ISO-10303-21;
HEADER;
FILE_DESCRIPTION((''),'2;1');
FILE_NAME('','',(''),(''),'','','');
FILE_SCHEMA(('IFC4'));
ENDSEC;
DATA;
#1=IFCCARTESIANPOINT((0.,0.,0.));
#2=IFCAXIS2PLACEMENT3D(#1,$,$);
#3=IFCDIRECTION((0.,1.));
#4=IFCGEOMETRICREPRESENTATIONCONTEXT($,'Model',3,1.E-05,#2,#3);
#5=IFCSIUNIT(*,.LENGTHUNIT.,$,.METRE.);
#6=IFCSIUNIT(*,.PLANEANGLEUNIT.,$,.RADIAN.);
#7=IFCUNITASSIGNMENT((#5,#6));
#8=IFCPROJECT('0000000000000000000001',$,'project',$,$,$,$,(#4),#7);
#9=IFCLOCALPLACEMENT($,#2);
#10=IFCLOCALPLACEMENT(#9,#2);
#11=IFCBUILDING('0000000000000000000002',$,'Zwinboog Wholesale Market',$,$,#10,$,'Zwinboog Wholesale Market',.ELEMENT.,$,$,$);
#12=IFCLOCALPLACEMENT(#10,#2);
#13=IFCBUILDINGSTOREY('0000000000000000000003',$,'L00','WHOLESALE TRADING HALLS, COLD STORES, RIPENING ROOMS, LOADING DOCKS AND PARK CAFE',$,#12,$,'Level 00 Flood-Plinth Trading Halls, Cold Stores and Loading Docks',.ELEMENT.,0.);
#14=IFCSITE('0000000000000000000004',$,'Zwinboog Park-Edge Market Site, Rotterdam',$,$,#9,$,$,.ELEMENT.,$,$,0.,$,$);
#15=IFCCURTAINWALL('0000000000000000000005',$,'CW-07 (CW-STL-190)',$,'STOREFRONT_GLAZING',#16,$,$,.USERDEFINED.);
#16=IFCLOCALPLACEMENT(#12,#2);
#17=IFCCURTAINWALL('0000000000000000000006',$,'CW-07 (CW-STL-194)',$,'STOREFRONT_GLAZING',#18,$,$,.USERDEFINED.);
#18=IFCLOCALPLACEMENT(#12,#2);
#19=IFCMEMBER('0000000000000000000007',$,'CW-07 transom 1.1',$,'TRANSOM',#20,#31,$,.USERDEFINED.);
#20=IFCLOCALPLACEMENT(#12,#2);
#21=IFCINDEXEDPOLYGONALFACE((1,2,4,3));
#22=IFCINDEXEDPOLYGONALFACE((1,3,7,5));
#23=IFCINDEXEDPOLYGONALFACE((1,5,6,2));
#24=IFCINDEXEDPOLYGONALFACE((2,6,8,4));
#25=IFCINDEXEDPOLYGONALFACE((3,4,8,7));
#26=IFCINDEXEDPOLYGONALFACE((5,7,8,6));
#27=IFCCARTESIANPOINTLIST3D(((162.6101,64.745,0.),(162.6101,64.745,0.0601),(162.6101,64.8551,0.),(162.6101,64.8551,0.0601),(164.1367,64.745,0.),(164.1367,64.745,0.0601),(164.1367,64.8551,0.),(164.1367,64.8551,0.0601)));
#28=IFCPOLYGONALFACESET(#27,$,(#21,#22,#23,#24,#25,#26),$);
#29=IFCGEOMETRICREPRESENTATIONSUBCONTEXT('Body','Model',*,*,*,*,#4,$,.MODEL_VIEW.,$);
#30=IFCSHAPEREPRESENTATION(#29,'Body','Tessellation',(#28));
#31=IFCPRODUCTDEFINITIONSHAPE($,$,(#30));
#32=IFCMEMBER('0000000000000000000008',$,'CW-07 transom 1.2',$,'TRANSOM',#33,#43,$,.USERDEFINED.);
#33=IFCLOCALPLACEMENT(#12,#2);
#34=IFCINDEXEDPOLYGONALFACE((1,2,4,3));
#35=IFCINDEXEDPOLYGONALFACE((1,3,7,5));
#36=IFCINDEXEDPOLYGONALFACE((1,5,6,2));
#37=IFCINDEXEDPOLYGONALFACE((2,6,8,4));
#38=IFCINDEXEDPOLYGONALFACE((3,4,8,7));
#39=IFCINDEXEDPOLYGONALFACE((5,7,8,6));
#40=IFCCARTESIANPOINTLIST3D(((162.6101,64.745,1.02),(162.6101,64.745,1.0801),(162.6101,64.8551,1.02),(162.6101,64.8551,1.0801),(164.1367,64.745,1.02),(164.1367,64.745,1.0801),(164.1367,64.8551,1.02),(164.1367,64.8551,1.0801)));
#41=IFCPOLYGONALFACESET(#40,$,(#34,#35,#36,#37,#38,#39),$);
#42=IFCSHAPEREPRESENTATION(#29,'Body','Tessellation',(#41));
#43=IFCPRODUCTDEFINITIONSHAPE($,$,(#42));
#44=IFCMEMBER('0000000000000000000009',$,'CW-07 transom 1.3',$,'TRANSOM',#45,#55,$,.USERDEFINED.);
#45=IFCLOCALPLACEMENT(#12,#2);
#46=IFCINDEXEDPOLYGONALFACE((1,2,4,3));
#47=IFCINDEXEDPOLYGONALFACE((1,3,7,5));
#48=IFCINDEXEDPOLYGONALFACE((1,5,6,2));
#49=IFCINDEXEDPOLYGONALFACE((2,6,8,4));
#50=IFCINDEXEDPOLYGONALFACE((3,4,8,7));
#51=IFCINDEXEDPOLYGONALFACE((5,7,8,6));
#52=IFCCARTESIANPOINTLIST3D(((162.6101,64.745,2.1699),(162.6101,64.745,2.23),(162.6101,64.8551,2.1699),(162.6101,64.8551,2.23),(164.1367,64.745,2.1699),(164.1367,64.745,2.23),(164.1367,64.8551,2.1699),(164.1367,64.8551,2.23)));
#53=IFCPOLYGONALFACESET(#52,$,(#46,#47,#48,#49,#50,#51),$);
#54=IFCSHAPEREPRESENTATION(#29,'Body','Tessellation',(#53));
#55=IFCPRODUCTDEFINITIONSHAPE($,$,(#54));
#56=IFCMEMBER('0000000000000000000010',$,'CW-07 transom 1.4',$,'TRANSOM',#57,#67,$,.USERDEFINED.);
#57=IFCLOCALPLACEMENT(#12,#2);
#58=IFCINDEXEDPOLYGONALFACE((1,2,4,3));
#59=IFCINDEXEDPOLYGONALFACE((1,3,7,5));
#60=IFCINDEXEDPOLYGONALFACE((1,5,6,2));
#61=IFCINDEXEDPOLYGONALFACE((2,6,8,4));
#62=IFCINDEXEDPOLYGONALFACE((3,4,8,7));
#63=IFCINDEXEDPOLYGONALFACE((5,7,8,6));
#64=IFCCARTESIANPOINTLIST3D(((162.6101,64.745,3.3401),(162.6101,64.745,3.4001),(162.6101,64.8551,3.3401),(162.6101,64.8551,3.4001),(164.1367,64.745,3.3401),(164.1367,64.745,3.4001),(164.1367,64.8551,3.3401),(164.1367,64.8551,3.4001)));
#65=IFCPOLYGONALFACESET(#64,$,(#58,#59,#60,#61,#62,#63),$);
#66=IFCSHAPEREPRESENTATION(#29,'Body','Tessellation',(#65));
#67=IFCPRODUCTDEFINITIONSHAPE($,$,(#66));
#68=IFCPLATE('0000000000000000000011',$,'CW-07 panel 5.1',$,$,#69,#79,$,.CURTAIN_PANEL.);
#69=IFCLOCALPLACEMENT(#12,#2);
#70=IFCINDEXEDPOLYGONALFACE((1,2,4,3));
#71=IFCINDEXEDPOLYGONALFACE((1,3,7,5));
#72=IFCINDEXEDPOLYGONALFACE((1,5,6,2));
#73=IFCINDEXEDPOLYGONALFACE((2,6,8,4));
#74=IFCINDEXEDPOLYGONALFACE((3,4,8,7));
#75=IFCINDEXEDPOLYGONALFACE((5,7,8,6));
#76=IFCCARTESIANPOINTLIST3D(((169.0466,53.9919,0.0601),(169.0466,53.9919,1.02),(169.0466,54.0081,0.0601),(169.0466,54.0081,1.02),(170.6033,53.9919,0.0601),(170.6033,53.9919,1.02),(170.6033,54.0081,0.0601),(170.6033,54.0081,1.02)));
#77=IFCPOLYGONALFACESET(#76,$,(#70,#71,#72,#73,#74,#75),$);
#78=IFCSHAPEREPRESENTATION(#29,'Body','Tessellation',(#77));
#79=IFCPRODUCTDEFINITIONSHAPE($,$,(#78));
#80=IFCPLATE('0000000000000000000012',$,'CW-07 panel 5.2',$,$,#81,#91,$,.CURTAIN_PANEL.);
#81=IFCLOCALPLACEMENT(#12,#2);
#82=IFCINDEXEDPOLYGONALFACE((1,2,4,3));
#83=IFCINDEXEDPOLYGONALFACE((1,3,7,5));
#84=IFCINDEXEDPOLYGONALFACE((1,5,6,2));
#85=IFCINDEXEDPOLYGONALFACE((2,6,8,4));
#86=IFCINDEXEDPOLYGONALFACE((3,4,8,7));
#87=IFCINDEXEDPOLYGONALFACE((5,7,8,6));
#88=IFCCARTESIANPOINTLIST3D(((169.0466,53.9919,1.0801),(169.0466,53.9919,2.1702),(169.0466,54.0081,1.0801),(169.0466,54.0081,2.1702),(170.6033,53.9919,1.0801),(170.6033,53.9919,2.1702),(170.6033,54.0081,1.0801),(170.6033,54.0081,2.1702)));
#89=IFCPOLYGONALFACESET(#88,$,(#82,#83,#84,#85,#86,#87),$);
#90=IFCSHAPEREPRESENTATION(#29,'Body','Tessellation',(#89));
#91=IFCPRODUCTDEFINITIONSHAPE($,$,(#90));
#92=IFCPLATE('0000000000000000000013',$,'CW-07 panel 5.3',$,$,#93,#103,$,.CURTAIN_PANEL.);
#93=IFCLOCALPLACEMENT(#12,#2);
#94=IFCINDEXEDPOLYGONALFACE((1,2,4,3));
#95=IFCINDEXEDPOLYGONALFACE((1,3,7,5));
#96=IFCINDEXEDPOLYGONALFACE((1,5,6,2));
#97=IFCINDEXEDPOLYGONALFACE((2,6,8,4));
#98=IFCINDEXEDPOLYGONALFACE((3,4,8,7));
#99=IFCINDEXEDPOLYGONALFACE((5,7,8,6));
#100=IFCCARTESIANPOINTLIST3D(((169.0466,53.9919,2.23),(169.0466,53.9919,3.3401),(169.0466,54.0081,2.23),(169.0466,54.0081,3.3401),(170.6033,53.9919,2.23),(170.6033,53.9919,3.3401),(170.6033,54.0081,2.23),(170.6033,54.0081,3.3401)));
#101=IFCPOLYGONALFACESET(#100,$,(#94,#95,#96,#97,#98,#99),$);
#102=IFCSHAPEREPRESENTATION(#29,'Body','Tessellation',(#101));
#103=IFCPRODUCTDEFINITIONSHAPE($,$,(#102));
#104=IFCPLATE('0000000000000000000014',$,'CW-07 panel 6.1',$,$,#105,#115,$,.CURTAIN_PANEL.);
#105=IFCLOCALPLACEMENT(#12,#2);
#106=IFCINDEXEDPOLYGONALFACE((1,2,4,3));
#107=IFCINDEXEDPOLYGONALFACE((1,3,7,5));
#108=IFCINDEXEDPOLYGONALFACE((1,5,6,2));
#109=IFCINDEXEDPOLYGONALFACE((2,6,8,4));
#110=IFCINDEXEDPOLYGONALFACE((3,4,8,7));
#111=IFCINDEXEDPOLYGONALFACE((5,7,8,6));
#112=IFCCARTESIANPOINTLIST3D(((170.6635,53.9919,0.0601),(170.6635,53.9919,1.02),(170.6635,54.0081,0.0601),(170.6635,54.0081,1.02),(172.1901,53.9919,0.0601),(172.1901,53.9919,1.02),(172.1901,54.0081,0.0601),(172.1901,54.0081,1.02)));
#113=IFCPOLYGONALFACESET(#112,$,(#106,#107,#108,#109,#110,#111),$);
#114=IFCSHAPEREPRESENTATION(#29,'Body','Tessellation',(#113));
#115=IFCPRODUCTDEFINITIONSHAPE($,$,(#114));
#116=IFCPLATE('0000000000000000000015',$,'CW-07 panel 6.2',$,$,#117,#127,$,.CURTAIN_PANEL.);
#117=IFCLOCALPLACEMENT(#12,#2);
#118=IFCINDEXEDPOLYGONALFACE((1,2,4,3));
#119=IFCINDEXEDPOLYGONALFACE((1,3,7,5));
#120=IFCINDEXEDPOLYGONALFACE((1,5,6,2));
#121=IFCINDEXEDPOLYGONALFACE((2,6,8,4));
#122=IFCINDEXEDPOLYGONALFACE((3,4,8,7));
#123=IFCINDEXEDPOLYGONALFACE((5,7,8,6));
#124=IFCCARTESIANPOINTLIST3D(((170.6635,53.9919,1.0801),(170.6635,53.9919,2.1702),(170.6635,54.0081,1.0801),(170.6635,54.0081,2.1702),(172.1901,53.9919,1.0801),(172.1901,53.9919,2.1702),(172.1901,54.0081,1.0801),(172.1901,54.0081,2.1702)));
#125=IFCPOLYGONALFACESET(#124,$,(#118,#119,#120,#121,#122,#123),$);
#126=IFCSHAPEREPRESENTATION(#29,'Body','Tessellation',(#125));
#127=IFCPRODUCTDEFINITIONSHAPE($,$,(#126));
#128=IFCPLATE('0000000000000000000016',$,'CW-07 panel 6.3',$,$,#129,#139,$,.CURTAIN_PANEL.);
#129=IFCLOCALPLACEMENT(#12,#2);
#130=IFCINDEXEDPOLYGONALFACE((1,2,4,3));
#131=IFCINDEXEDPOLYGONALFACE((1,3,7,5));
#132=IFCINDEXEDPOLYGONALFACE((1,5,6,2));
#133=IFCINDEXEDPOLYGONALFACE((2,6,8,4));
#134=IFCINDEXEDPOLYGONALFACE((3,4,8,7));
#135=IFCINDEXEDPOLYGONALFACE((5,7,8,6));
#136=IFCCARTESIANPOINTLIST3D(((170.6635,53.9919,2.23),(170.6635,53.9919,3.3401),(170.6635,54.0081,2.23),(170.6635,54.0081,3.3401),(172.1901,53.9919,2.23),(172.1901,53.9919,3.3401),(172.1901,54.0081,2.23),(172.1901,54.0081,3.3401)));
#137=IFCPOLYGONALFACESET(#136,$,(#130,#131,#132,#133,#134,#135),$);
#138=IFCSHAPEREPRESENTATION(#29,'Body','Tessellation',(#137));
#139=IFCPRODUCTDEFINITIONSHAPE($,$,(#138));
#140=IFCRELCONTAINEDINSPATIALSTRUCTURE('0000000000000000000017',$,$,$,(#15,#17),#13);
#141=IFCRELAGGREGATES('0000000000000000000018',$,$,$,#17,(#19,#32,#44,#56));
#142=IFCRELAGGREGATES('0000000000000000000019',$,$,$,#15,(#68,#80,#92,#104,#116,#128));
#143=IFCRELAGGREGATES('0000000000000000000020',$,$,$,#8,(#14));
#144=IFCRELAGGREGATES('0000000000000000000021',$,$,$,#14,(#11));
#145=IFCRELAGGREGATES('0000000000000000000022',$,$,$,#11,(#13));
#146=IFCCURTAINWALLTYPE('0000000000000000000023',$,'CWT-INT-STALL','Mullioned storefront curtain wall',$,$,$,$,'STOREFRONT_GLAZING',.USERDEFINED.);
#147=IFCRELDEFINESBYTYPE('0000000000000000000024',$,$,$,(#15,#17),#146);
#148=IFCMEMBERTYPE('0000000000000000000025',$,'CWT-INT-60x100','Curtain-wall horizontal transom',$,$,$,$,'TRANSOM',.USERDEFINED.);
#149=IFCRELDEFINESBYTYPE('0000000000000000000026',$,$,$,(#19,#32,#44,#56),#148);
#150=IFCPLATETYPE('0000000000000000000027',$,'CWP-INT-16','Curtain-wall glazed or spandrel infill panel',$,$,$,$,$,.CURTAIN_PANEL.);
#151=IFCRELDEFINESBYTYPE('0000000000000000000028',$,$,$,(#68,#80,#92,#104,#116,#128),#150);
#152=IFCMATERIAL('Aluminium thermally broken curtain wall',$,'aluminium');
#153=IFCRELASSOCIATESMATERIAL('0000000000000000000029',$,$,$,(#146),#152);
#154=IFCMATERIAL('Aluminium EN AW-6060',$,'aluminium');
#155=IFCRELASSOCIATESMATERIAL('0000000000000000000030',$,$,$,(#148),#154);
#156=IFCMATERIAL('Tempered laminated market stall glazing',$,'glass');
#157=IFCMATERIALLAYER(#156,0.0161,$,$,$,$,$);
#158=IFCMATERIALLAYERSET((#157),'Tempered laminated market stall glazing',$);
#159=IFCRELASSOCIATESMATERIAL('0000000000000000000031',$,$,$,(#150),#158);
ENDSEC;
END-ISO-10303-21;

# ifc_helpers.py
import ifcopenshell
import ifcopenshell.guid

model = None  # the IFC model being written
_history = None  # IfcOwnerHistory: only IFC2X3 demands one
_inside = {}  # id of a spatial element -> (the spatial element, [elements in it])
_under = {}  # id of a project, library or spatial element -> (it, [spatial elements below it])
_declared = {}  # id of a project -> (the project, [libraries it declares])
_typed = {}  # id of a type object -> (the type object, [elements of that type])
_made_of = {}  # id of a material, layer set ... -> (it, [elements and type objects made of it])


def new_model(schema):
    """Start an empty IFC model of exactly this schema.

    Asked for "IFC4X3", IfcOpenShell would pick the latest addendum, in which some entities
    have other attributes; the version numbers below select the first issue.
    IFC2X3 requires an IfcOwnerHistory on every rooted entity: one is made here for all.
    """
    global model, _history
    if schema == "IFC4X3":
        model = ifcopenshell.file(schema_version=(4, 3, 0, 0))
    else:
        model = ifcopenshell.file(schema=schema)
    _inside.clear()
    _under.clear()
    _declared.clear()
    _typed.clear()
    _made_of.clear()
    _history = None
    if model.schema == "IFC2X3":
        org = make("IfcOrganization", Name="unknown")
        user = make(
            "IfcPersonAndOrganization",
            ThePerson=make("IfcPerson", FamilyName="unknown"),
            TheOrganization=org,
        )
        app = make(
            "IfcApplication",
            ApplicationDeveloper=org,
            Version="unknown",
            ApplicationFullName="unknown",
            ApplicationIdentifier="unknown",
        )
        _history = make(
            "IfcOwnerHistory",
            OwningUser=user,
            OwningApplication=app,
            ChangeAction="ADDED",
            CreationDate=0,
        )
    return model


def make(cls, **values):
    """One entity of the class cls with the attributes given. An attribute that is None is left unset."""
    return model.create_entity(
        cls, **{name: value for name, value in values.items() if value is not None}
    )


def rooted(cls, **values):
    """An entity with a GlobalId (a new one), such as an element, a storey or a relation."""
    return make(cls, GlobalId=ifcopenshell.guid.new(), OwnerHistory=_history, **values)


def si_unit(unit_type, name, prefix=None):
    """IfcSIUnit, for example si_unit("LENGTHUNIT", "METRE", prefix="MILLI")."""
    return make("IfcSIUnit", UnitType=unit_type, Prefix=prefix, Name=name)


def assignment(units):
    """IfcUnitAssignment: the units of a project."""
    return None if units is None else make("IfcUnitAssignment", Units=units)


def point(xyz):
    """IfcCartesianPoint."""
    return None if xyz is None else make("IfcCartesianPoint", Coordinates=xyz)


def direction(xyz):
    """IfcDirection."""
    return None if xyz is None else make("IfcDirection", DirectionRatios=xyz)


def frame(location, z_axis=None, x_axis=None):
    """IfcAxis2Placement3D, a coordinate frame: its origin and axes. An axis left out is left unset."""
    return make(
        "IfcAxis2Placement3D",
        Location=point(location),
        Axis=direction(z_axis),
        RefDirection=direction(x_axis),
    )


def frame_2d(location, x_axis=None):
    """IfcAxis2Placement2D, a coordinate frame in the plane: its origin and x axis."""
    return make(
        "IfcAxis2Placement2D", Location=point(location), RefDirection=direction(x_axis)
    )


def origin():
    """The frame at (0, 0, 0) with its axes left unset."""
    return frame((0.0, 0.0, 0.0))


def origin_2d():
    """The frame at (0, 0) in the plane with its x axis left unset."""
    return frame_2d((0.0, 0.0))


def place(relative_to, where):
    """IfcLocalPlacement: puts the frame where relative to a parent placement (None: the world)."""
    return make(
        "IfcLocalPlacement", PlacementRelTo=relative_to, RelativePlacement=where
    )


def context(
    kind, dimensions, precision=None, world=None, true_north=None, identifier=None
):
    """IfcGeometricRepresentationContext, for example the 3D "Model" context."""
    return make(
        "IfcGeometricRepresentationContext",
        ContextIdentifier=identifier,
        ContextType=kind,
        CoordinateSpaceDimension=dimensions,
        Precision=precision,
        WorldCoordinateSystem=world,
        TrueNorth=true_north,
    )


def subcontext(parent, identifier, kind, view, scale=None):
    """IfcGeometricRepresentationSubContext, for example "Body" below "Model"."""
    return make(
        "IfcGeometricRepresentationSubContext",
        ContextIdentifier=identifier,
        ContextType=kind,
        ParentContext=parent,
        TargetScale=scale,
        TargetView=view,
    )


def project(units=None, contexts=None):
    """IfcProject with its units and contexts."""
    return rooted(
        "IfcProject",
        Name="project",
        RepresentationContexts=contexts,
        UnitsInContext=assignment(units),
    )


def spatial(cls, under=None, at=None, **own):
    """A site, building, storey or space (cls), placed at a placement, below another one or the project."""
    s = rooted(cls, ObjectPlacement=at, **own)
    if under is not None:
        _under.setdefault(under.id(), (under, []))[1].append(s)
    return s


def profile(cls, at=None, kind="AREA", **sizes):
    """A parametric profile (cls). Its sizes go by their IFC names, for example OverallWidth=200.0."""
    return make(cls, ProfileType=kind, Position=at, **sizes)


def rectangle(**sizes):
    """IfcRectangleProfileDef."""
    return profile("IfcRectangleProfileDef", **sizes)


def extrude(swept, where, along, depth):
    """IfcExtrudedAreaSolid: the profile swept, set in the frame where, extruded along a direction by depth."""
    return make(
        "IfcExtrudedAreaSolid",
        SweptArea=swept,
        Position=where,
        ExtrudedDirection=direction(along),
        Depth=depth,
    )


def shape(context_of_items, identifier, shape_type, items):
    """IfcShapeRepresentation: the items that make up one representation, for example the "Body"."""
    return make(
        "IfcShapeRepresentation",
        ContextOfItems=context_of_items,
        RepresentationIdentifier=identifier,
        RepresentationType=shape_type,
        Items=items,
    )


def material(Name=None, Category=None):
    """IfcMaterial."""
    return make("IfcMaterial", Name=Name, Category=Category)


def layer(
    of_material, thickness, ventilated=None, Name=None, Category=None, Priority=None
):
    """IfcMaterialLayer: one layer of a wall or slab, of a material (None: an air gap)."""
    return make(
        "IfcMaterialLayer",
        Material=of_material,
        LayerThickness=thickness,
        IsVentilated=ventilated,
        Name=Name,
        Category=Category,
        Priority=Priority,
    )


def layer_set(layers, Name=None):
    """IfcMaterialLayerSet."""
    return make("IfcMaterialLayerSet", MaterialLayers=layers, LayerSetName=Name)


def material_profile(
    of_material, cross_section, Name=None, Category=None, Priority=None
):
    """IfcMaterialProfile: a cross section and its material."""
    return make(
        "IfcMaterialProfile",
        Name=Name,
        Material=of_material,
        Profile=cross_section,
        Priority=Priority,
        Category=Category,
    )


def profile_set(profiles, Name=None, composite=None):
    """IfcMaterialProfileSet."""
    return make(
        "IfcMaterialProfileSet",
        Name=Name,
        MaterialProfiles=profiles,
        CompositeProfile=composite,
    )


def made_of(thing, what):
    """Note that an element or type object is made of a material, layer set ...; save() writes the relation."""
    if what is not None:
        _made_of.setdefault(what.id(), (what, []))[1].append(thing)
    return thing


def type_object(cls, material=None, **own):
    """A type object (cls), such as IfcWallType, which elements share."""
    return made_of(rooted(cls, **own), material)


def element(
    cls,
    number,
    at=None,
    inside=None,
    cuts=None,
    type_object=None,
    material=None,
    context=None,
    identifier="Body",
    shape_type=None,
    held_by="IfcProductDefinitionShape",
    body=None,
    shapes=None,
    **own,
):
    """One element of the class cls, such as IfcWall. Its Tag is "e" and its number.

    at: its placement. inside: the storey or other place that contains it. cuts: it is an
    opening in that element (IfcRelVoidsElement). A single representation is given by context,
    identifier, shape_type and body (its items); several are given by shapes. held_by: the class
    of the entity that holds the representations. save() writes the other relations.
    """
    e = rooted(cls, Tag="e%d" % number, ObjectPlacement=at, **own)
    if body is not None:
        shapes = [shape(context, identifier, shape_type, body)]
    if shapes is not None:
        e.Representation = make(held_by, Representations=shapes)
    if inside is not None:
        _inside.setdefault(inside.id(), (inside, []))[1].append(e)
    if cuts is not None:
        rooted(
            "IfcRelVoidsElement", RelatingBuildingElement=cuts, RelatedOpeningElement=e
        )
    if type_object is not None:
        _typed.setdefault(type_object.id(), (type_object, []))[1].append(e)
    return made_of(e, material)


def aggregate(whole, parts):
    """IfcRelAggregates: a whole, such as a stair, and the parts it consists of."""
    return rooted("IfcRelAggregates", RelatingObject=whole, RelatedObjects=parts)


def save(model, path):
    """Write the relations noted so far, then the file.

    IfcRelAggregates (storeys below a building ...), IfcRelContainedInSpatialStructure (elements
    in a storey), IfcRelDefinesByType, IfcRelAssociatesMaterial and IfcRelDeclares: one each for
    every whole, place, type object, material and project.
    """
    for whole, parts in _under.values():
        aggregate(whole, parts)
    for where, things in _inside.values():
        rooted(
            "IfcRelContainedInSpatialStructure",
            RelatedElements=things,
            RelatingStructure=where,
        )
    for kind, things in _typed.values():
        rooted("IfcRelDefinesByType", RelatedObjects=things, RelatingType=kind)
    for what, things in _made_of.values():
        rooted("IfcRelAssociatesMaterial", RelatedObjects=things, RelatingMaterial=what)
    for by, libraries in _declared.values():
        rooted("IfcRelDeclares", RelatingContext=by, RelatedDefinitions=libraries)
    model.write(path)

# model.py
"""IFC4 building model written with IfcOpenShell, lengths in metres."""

from ifc_helpers import new_model, si_unit, direction, frame, origin, origin_2d, place, context, subcontext, project, spatial, rectangle, extrude, material, layer, layer_set, material_profile, profile_set, type_object, element, aggregate, save


model = new_model("IFC4")

# Units and contexts
model_context = context("Model", 3, precision=1e-05, world=origin(), true_north=direction((0.0, 1.0)))
body_context = subcontext(model_context, "Body", "Model", "MODEL_VIEW")
ifc_project = project(units=[si_unit("LENGTHUNIT", "METRE"), si_unit("PLANEANGLEUNIT", "RADIAN")], contexts=[model_context])

# Site, building, storey
site_placement = place(None, origin())
site = spatial("IfcSite", under=ifc_project, at=site_placement, Name="Zwinboog Park-Edge Market Site, Rotterdam", CompositionType="ELEMENT", RefElevation=0.0)
building_placement = place(site_placement, origin())
building = spatial("IfcBuilding", under=site, at=building_placement, Name="Zwinboog Wholesale Market", LongName="Zwinboog Wholesale Market", CompositionType="ELEMENT")
storey_placement = place(building_placement, origin())
storey = spatial("IfcBuildingStorey", under=building, at=storey_placement, Name="L00", Description="WHOLESALE TRADING HALLS, COLD STORES, RIPENING ROOMS, LOADING DOCKS AND PARK CAFE", LongName="Level 00 Flood-Plinth Trading Halls, Cold Stores and Loading Docks", CompositionType="ELEMENT", Elevation=0.0)

# Curtain walls, members
ifc_material_1 = material(Name="Aluminium thermally broken curtain wall", Category="aluminium")
curtain_wall_type = type_object("IfcCurtainWallType", Name="CWT-INT-STALL", Description="Mullioned storefront curtain wall", ElementType="STOREFRONT_GLAZING", PredefinedType="USERDEFINED", material=ifc_material_1)
curtain_wall_1_placement = place(storey_placement, origin())
curtain_wall_1 = element("IfcCurtainWall", 1, at=curtain_wall_1_placement, inside=storey, type_object=curtain_wall_type, Name="CW-07 (CW-STL-190)", ObjectType="STOREFRONT_GLAZING", PredefinedType="USERDEFINED")
ifc_material_2 = material(Name="Aluminium EN AW-6060", Category="aluminium")
ifc_material_profile_1 = material_profile(ifc_material_2, rectangle(XDim=0.1101, YDim=0.0601, at=origin_2d()), Name="AL 60x110")
ifc_profile_set_1 = profile_set([ifc_material_profile_1], Name="Aluminium EN AW-6060")
member_type_1 = type_object("IfcMemberType", Name="CWT-INT-60x100", Description="Curtain-wall horizontal transom", ElementType="TRANSOM", PredefinedType="USERDEFINED", material=ifc_profile_set_1)
curtain_wall_2_placement = place(storey_placement, origin())
curtain_wall_2 = element("IfcCurtainWall", 2, at=curtain_wall_2_placement, inside=storey, type_object=curtain_wall_type, Name="CW-07 (CW-STL-194)", ObjectType="STOREFRONT_GLAZING", PredefinedType="USERDEFINED")
member_1_placement = place(storey_placement, frame((162.6101, 64.8, 0.03), z_axis=(1.0, 0.0, 0.0), x_axis=(0.0, 1.0, 0.0)))
member_1 = element("IfcMember", 3, at=member_1_placement, type_object=member_type_1, Name="CW-07 transom 1.1", ObjectType="TRANSOM", PredefinedType="USERDEFINED", context=body_context, shape_type="SweptSolid", body=[
    extrude(rectangle(XDim=0.1101, YDim=0.0601, at=origin_2d()), origin(), (0.0, 0.0, 1.0), 1.5266),
])
member_2_placement = place(storey_placement, frame((162.6101, 64.8, 1.05), z_axis=(1.0, 0.0, 0.0), x_axis=(0.0, 1.0, 0.0)))
member_2 = element("IfcMember", 4, at=member_2_placement, type_object=member_type_1, Name="CW-07 transom 1.2", ObjectType="TRANSOM", PredefinedType="USERDEFINED", context=body_context, shape_type="SweptSolid", body=[
    extrude(rectangle(XDim=0.1101, YDim=0.0601, at=origin_2d()), origin(), (0.0, 0.0, 1.0), 1.5266),
])
member_3_placement = place(storey_placement, frame((162.6101, 64.8, 2.2), z_axis=(1.0, 0.0, 0.0), x_axis=(0.0, 1.0, 0.0)))
member_3 = element("IfcMember", 5, at=member_3_placement, type_object=member_type_1, Name="CW-07 transom 1.3", ObjectType="TRANSOM", PredefinedType="USERDEFINED", context=body_context, shape_type="SweptSolid", body=[
    extrude(rectangle(XDim=0.1101, YDim=0.0601, at=origin_2d()), origin(), (0.0, 0.0, 1.0), 1.5266),
])
member_4_placement = place(storey_placement, frame((162.6101, 64.8, 3.3701), z_axis=(1.0, 0.0, 0.0), x_axis=(0.0, 1.0, 0.0)))
member_4 = element("IfcMember", 6, at=member_4_placement, type_object=member_type_1, Name="CW-07 transom 1.4", ObjectType="TRANSOM", PredefinedType="USERDEFINED", context=body_context, shape_type="SweptSolid", body=[
    extrude(rectangle(XDim=0.1101, YDim=0.0601, at=origin_2d()), origin(), (0.0, 0.0, 1.0), 1.5266),
])
aggregate(curtain_wall_2, [member_1, member_2, member_3, member_4])

# Plates
ifc_material_3 = material(Name="Tempered laminated market stall glazing", Category="glass")
ifc_layer = layer(ifc_material_3, 0.0161)
ifc_layer_set = layer_set([ifc_layer], Name="Tempered laminated market stall glazing")
plate_type = type_object("IfcPlateType", Name="CWP-INT-16", Description="Curtain-wall glazed or spandrel infill panel", PredefinedType="CURTAIN_PANEL", material=ifc_layer_set)
plate_1_placement = place(storey_placement, frame((169.825, 54.0, 0.0601), z_axis=(0.0, 0.0, 1.0), x_axis=(1.0, 0.0, 0.0)))
plate_1 = element("IfcPlate", 7, at=plate_1_placement, type_object=plate_type, Name="CW-07 panel 5.1", PredefinedType="CURTAIN_PANEL", context=body_context, shape_type="SweptSolid", body=[
    extrude(rectangle(XDim=1.5566, YDim=0.0161, at=origin_2d()), origin(), (0.0, 0.0, 1.0), 0.96),
])
plate_2_placement = place(storey_placement, frame((169.825, 54.0, 1.0801), z_axis=(0.0, 0.0, 1.0), x_axis=(1.0, 0.0, 0.0)))
plate_2 = element("IfcPlate", 8, at=plate_2_placement, type_object=plate_type, Name="CW-07 panel 5.2", PredefinedType="CURTAIN_PANEL", context=body_context, shape_type="SweptSolid", body=[
    extrude(rectangle(XDim=1.5566, YDim=0.0161, at=origin_2d()), origin(), (0.0, 0.0, 1.0), 1.0901),
])
plate_3_placement = place(storey_placement, frame((169.825, 54.0, 2.23), z_axis=(0.0, 0.0, 1.0), x_axis=(1.0, 0.0, 0.0)))
plate_3 = element("IfcPlate", 9, at=plate_3_placement, type_object=plate_type, Name="CW-07 panel 5.3", PredefinedType="CURTAIN_PANEL", context=body_context, shape_type="SweptSolid", body=[
    extrude(rectangle(XDim=1.5566, YDim=0.0161, at=origin_2d()), origin(), (0.0, 0.0, 1.0), 1.1101),
])
plate_4_placement = place(storey_placement, frame((171.4268, 54.0, 0.0601), z_axis=(0.0, 0.0, 1.0), x_axis=(1.0, 0.0, 0.0)))
plate_4 = element("IfcPlate", 10, at=plate_4_placement, type_object=plate_type, Name="CW-07 panel 6.1", PredefinedType="CURTAIN_PANEL", context=body_context, shape_type="SweptSolid", body=[
    extrude(rectangle(XDim=1.5266, YDim=0.0161, at=origin_2d()), origin(), (0.0, 0.0, 1.0), 0.96),
])
plate_5_placement = place(storey_placement, frame((171.4268, 54.0, 1.0801), z_axis=(0.0, 0.0, 1.0), x_axis=(1.0, 0.0, 0.0)))
plate_5 = element("IfcPlate", 11, at=plate_5_placement, type_object=plate_type, Name="CW-07 panel 6.2", PredefinedType="CURTAIN_PANEL", context=body_context, shape_type="SweptSolid", body=[
    extrude(rectangle(XDim=1.5266, YDim=0.0161, at=origin_2d()), origin(), (0.0, 0.0, 1.0), 1.0901),
])
plate_6_placement = place(storey_placement, frame((171.4268, 54.0, 2.23), z_axis=(0.0, 0.0, 1.0), x_axis=(1.0, 0.0, 0.0)))
plate_6 = element("IfcPlate", 12, at=plate_6_placement, type_object=plate_type, Name="CW-07 panel 6.3", PredefinedType="CURTAIN_PANEL", context=body_context, shape_type="SweptSolid", body=[
    extrude(rectangle(XDim=1.5266, YDim=0.0161, at=origin_2d()), origin(), (0.0, 0.0, 1.0), 1.1101),
])
aggregate(curtain_wall_1, [plate_1, plate_2, plate_3, plate_4, plate_5, plate_6])

save(model, "model.ifc")
